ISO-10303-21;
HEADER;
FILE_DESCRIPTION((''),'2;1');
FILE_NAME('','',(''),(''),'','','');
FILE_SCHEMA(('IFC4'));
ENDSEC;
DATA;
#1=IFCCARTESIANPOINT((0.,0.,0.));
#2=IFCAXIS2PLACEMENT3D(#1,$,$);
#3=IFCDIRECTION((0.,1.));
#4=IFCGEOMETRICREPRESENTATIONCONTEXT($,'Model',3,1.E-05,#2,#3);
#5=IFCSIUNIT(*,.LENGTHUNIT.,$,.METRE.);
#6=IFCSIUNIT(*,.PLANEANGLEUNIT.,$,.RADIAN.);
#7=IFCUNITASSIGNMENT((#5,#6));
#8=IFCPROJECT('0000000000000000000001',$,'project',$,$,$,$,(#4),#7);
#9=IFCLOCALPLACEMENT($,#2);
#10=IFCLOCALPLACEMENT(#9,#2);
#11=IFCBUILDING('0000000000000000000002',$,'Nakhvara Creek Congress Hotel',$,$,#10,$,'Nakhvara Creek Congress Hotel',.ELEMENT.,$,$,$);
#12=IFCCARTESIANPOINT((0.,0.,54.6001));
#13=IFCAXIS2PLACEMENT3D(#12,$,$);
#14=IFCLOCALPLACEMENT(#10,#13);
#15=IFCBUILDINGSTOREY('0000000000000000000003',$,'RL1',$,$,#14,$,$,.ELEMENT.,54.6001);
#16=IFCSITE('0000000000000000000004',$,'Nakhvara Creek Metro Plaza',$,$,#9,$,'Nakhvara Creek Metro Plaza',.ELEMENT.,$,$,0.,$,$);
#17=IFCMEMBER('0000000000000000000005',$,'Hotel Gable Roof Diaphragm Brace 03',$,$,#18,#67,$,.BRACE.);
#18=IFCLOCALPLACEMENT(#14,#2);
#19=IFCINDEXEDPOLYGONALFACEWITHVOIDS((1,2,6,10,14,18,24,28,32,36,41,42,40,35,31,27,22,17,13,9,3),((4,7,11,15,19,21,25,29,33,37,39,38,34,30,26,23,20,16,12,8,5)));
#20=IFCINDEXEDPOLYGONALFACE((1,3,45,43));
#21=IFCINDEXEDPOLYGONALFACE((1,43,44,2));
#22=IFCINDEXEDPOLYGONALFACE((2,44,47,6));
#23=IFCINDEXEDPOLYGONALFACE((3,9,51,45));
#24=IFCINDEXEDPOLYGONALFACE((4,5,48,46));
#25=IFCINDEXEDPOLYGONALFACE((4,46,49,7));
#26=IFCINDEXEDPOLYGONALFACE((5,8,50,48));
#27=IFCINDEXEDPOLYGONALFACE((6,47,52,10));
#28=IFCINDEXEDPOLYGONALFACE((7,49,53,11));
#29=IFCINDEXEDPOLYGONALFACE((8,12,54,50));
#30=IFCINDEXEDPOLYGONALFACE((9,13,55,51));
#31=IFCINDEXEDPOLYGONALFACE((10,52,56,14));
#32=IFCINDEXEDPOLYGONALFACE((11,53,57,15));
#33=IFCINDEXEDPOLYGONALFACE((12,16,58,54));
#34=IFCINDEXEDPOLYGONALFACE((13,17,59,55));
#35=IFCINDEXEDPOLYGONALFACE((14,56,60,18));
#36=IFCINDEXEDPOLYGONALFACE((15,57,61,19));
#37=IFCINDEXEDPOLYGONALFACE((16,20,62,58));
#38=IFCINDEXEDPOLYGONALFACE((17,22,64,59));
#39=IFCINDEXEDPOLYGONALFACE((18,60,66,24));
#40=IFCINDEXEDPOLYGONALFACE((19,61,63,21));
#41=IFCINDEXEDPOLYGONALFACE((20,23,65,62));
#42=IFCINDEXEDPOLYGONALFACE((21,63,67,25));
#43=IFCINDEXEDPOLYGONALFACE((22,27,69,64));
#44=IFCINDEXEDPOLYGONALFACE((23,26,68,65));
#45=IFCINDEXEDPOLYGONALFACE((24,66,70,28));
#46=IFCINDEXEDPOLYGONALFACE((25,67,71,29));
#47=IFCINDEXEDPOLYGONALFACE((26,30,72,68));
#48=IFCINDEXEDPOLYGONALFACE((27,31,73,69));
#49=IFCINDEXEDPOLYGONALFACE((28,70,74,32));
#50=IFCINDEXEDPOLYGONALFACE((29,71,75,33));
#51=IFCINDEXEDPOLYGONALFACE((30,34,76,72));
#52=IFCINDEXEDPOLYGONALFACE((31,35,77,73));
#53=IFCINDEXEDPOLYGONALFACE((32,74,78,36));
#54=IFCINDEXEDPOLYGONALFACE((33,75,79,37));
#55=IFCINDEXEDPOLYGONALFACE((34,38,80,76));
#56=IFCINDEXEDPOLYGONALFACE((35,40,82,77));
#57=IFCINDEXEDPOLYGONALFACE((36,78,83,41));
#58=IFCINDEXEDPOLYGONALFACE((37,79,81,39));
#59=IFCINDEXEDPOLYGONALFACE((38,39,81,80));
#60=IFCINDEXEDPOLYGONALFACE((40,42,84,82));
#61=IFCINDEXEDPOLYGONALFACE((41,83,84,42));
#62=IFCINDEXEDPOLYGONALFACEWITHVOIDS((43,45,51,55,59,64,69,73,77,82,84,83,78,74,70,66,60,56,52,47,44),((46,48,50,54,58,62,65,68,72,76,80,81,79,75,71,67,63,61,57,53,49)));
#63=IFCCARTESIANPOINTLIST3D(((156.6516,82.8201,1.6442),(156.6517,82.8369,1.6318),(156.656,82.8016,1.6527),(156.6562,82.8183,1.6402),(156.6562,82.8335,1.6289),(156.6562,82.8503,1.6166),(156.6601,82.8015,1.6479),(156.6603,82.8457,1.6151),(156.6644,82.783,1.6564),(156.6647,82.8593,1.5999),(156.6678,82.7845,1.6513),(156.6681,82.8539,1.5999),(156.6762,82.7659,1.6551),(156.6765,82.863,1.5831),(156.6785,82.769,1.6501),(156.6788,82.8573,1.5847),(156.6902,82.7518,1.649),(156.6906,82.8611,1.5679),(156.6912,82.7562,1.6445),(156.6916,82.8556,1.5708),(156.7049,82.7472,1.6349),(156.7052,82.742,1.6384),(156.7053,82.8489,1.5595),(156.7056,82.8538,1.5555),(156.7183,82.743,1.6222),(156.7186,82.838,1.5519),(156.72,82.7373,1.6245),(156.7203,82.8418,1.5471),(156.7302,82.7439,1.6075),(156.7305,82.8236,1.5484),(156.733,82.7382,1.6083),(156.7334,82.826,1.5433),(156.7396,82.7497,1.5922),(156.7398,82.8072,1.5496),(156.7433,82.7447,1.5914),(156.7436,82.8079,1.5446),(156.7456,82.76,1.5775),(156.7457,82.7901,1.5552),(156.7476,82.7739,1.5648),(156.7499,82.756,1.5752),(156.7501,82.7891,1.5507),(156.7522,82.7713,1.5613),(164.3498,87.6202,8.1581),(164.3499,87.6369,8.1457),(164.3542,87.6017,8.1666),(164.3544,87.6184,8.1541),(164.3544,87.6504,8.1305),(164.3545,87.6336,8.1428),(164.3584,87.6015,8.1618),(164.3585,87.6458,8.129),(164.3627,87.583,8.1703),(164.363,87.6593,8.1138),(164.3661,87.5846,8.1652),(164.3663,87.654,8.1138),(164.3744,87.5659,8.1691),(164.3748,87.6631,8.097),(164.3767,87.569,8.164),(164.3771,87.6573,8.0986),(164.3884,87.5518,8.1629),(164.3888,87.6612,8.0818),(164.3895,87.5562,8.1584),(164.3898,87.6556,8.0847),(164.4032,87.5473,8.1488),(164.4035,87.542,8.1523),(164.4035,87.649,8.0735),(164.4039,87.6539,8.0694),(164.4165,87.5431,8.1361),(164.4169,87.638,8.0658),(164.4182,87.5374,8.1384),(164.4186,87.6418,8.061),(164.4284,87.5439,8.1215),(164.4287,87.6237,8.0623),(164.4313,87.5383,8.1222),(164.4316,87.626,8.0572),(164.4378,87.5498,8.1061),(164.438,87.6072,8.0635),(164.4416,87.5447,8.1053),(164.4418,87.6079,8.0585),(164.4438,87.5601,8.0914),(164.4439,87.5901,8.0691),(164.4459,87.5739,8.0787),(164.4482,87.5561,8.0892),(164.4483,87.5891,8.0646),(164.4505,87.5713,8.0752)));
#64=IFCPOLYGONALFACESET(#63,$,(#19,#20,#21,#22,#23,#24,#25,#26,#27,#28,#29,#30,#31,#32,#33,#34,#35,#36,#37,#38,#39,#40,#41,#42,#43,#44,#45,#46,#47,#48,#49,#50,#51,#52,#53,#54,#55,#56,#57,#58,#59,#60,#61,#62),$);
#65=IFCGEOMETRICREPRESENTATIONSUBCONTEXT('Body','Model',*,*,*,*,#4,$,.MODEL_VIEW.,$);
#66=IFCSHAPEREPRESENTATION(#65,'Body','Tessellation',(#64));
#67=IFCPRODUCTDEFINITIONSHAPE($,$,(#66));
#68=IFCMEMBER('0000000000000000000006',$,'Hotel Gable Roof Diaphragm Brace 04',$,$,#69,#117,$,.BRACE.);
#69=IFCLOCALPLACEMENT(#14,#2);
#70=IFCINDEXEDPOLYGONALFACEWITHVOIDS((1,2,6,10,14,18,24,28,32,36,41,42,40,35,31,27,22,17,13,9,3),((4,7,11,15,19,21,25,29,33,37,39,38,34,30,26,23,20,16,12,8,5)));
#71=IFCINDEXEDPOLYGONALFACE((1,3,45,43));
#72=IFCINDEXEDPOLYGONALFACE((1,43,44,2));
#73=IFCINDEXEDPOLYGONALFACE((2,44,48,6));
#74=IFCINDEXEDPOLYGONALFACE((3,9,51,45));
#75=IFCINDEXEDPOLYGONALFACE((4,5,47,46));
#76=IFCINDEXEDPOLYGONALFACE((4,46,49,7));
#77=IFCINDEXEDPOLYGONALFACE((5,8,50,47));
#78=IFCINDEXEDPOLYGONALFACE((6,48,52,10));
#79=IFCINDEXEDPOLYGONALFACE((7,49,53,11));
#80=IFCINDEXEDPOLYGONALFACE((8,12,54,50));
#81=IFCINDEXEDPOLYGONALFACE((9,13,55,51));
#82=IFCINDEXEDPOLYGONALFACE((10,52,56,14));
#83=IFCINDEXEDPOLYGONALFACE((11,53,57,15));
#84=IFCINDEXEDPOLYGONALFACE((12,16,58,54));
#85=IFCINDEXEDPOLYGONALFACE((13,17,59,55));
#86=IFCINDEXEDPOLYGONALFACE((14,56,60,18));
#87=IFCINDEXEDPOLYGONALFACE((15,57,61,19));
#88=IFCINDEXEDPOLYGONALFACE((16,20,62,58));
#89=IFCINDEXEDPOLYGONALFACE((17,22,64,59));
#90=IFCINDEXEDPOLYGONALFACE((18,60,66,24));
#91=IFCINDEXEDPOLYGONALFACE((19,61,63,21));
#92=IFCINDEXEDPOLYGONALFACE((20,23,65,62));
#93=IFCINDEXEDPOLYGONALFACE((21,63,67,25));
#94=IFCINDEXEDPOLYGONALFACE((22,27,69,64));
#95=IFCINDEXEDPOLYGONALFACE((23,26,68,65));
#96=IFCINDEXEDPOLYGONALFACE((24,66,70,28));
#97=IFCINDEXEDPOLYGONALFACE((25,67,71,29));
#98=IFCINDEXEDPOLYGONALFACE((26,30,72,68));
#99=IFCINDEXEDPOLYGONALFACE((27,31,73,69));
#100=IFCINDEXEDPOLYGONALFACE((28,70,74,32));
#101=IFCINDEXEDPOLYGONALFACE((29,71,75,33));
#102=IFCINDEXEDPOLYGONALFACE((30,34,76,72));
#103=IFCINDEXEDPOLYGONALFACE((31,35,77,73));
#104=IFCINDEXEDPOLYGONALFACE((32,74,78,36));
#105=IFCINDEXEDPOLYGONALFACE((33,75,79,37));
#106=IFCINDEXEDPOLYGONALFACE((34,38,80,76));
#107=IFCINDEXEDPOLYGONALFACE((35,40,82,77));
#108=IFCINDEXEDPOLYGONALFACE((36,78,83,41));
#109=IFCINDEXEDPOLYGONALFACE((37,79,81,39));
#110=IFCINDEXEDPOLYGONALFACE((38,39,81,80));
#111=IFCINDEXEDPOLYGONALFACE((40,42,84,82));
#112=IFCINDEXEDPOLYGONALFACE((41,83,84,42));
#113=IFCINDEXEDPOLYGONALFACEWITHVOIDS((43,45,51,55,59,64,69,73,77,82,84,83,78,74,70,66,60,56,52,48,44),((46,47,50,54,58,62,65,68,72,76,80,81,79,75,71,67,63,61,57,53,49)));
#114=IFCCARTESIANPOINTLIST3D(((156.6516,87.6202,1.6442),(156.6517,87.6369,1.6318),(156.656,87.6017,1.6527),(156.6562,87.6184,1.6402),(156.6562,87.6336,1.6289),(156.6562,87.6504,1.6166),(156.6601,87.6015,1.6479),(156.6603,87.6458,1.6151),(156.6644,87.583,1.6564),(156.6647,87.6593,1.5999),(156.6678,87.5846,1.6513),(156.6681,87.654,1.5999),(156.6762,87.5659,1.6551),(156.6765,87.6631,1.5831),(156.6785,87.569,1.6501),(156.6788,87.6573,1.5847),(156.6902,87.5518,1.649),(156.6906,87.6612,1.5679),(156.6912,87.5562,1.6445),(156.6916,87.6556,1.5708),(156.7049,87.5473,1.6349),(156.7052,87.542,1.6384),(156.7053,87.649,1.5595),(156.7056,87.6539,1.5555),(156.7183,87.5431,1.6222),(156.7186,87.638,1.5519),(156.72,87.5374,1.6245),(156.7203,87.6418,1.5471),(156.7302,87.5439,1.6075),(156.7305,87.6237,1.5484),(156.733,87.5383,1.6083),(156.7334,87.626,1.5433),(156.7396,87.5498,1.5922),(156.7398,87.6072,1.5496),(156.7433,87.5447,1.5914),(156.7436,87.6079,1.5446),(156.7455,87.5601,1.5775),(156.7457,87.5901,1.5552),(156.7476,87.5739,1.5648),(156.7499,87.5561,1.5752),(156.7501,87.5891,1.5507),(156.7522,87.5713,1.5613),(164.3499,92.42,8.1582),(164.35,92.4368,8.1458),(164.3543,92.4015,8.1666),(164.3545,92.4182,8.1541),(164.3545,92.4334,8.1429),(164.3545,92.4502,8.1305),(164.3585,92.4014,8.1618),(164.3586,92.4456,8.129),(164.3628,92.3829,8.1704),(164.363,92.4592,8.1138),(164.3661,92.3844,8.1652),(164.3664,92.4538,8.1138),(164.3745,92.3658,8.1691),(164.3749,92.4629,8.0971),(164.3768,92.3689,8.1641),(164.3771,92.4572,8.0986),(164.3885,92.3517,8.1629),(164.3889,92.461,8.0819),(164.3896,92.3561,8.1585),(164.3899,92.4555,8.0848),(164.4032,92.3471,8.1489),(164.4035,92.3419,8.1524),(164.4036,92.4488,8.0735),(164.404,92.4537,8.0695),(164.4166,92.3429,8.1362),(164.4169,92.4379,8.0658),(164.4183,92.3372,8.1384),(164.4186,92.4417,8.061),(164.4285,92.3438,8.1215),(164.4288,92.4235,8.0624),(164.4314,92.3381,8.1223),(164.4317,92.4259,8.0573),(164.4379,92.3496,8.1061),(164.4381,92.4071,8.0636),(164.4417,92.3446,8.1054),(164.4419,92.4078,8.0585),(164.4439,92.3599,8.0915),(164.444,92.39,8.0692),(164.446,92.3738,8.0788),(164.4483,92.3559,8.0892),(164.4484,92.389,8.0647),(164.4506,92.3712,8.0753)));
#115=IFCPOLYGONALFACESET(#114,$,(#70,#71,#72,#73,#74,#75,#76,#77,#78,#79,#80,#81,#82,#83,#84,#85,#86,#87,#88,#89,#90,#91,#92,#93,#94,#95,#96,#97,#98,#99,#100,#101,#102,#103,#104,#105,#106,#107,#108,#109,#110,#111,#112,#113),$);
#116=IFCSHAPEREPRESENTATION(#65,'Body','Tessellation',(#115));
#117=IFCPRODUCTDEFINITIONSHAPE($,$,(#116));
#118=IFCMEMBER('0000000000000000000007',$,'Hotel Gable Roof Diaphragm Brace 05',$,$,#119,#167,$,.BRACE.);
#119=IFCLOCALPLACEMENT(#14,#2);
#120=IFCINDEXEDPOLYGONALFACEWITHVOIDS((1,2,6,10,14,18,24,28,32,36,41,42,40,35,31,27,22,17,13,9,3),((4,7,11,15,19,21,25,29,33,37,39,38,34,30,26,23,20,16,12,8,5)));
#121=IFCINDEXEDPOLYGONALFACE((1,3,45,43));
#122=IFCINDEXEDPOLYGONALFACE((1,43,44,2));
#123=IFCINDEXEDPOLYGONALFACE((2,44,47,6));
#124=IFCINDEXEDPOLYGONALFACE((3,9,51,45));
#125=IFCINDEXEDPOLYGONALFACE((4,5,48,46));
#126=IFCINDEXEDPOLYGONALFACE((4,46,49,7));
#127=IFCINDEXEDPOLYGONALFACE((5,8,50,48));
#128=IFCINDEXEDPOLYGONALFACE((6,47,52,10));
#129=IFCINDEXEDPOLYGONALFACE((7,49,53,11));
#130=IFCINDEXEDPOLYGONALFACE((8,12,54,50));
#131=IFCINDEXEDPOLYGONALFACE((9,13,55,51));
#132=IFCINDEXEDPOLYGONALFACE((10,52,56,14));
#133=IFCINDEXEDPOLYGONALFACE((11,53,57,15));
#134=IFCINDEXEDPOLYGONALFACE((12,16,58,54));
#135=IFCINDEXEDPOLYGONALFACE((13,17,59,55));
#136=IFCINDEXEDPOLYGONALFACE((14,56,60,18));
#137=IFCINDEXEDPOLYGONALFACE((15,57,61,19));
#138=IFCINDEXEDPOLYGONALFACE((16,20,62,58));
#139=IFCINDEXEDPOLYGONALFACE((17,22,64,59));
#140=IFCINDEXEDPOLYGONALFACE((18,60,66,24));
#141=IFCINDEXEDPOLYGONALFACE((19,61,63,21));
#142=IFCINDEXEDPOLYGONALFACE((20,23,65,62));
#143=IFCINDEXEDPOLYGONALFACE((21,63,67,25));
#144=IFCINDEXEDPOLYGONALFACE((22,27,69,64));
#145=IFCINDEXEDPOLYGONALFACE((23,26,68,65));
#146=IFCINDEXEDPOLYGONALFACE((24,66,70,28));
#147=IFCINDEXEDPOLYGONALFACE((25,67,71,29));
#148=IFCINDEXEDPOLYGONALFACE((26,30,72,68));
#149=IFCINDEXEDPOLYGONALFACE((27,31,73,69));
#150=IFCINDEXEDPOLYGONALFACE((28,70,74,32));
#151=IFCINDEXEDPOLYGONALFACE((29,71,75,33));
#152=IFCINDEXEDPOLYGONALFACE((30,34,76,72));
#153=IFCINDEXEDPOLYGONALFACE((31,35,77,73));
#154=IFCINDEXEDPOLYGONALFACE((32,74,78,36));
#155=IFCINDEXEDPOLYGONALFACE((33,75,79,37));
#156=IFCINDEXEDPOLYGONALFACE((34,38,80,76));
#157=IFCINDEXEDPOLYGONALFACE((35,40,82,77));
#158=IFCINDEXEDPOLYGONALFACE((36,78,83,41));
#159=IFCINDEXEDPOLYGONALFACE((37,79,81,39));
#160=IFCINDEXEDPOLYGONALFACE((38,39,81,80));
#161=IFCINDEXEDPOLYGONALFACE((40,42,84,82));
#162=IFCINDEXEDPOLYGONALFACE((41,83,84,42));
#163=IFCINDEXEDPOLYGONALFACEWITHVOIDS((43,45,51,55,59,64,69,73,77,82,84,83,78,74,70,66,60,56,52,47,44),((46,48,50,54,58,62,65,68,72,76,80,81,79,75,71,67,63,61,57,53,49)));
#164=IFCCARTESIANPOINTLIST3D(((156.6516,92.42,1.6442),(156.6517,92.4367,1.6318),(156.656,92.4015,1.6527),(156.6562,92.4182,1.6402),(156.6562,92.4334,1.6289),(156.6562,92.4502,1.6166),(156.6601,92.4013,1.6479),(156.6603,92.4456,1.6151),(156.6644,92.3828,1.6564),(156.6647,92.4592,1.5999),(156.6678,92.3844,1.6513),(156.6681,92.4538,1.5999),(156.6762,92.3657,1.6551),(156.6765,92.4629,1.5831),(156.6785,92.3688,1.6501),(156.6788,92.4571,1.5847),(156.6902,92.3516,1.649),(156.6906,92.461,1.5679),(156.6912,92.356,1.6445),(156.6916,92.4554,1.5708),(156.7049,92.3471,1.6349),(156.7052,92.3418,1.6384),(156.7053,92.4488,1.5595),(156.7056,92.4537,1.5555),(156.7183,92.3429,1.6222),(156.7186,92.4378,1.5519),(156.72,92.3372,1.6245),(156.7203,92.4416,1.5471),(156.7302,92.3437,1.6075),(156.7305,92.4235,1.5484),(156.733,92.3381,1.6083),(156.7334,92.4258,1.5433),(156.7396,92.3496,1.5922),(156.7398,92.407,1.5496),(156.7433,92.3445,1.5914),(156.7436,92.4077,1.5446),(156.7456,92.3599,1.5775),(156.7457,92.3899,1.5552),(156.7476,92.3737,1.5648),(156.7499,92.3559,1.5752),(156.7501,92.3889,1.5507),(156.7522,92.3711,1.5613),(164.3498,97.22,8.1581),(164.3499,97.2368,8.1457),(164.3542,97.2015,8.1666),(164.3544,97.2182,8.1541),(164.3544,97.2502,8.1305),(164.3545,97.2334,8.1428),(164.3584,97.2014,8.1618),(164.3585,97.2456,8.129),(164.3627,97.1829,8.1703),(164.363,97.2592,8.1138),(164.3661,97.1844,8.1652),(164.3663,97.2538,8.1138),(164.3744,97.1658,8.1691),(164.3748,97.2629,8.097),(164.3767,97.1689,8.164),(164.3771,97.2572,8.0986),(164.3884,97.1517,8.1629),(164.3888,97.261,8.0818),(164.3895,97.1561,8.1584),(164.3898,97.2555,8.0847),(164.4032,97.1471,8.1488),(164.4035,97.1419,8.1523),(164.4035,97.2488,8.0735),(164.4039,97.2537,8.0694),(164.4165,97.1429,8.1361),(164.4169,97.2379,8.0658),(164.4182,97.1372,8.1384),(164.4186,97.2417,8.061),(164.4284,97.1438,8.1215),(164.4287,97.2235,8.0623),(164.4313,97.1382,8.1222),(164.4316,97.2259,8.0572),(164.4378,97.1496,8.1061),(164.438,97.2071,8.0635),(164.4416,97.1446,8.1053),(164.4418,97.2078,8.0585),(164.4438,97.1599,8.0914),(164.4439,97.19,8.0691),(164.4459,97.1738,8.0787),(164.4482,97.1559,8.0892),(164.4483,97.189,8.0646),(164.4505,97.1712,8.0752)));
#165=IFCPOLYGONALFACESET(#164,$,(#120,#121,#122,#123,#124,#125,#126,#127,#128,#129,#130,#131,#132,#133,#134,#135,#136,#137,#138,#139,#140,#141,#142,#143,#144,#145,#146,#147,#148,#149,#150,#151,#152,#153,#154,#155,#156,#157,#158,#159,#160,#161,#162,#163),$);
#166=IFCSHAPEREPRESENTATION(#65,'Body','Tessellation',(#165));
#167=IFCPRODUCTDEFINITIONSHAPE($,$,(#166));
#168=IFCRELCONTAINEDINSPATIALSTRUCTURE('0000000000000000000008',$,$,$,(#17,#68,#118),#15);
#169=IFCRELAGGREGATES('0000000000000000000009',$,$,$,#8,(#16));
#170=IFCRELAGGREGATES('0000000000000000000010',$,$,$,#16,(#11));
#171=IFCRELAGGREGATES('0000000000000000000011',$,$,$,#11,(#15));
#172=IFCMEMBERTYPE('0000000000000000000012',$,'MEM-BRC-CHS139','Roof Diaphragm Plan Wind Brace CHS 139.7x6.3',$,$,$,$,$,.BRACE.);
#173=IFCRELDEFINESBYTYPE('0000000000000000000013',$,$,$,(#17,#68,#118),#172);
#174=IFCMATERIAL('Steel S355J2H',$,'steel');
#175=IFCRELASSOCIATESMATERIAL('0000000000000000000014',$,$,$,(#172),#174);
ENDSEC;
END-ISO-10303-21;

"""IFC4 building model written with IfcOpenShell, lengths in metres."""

from ifc_helpers import new_model, si_unit, direction, frame, origin, origin_2d, place, context, subcontext, project, spatial, hollow_circle, extrude, material, material_profile, profile_set, type_object, element, save


model = new_model("IFC4")

# Units and contexts
model_context = context("Model", 3, precision=1e-05, world=origin(), true_north=direction((0.0, 1.0)))
body_context = subcontext(model_context, "Body", "Model", "MODEL_VIEW")
ifc_project = project(units=[si_unit("LENGTHUNIT", "METRE"), si_unit("PLANEANGLEUNIT", "RADIAN")], contexts=[model_context])

# Site, building, storey
site_placement = place(None, origin())
site = spatial("IfcSite", under=ifc_project, at=site_placement, Name="Nakhvara Creek Metro Plaza", LongName="Nakhvara Creek Metro Plaza", CompositionType="ELEMENT", RefElevation=0.0)
building_placement = place(site_placement, origin())
building = spatial("IfcBuilding", under=site, at=building_placement, Name="Nakhvara Creek Congress Hotel", LongName="Nakhvara Creek Congress Hotel", CompositionType="ELEMENT")
storey_placement = place(building_placement, frame((0.0, 0.0, 54.6001)))
storey = spatial("IfcBuildingStorey", under=building, at=storey_placement, Name="RL1", CompositionType="ELEMENT", Elevation=54.6001)

# Members
ifc_material_1 = material(Name="Steel S355J2H", Category="steel")
ifc_material_profile_1 = material_profile(ifc_material_1, hollow_circle(Radius=0.0698, WallThickness=0.0063, at=origin_2d()), Name="CHS 139.7x6.3", Category="LoadBearing")
ifc_profile_set_1 = profile_set([ifc_material_profile_1], Name="Steel S355J2H")
member_type_1 = type_object("IfcMemberType", Name="MEM-BRC-CHS139", Description="Roof Diaphragm Plan Wind Brace CHS 139.7x6.3", PredefinedType="BRACE", material=ifc_profile_set_1)
for number, where, z_axis, x_axis, name in (
    (1, (156.7017, 82.8, 1.5999), (0.689284, 0.429786, 0.583242), (-0.529099, 0.84856, 0.0), "Hotel Gable Roof Diaphragm Brace 03"),
    (2, (156.7017, 87.6001, 1.5999), (0.689291, 0.429768, 0.583248), (-0.529079, 0.848572, 0.0), "Hotel Gable Roof Diaphragm Brace 04"),
    (3, (156.7017, 92.3999, 1.5999), (0.689284, 0.429786, 0.583242), (-0.529099, 0.84856, 0.0), "Hotel Gable Roof Diaphragm Brace 05"),
):
    element("IfcMember", number, at=place(storey_placement, frame(where, z_axis=z_axis, x_axis=x_axis)), inside=storey, type_object=member_type_1, Name=name, PredefinedType="BRACE", context=body_context, shape_type="SweptSolid", body=[
        extrude(hollow_circle(Radius=0.0698, WallThickness=0.0063, at=origin_2d()), origin(), (0.0, 0.0, 1.0), 11.1685),
    ])

save(model, "model.ifc")
